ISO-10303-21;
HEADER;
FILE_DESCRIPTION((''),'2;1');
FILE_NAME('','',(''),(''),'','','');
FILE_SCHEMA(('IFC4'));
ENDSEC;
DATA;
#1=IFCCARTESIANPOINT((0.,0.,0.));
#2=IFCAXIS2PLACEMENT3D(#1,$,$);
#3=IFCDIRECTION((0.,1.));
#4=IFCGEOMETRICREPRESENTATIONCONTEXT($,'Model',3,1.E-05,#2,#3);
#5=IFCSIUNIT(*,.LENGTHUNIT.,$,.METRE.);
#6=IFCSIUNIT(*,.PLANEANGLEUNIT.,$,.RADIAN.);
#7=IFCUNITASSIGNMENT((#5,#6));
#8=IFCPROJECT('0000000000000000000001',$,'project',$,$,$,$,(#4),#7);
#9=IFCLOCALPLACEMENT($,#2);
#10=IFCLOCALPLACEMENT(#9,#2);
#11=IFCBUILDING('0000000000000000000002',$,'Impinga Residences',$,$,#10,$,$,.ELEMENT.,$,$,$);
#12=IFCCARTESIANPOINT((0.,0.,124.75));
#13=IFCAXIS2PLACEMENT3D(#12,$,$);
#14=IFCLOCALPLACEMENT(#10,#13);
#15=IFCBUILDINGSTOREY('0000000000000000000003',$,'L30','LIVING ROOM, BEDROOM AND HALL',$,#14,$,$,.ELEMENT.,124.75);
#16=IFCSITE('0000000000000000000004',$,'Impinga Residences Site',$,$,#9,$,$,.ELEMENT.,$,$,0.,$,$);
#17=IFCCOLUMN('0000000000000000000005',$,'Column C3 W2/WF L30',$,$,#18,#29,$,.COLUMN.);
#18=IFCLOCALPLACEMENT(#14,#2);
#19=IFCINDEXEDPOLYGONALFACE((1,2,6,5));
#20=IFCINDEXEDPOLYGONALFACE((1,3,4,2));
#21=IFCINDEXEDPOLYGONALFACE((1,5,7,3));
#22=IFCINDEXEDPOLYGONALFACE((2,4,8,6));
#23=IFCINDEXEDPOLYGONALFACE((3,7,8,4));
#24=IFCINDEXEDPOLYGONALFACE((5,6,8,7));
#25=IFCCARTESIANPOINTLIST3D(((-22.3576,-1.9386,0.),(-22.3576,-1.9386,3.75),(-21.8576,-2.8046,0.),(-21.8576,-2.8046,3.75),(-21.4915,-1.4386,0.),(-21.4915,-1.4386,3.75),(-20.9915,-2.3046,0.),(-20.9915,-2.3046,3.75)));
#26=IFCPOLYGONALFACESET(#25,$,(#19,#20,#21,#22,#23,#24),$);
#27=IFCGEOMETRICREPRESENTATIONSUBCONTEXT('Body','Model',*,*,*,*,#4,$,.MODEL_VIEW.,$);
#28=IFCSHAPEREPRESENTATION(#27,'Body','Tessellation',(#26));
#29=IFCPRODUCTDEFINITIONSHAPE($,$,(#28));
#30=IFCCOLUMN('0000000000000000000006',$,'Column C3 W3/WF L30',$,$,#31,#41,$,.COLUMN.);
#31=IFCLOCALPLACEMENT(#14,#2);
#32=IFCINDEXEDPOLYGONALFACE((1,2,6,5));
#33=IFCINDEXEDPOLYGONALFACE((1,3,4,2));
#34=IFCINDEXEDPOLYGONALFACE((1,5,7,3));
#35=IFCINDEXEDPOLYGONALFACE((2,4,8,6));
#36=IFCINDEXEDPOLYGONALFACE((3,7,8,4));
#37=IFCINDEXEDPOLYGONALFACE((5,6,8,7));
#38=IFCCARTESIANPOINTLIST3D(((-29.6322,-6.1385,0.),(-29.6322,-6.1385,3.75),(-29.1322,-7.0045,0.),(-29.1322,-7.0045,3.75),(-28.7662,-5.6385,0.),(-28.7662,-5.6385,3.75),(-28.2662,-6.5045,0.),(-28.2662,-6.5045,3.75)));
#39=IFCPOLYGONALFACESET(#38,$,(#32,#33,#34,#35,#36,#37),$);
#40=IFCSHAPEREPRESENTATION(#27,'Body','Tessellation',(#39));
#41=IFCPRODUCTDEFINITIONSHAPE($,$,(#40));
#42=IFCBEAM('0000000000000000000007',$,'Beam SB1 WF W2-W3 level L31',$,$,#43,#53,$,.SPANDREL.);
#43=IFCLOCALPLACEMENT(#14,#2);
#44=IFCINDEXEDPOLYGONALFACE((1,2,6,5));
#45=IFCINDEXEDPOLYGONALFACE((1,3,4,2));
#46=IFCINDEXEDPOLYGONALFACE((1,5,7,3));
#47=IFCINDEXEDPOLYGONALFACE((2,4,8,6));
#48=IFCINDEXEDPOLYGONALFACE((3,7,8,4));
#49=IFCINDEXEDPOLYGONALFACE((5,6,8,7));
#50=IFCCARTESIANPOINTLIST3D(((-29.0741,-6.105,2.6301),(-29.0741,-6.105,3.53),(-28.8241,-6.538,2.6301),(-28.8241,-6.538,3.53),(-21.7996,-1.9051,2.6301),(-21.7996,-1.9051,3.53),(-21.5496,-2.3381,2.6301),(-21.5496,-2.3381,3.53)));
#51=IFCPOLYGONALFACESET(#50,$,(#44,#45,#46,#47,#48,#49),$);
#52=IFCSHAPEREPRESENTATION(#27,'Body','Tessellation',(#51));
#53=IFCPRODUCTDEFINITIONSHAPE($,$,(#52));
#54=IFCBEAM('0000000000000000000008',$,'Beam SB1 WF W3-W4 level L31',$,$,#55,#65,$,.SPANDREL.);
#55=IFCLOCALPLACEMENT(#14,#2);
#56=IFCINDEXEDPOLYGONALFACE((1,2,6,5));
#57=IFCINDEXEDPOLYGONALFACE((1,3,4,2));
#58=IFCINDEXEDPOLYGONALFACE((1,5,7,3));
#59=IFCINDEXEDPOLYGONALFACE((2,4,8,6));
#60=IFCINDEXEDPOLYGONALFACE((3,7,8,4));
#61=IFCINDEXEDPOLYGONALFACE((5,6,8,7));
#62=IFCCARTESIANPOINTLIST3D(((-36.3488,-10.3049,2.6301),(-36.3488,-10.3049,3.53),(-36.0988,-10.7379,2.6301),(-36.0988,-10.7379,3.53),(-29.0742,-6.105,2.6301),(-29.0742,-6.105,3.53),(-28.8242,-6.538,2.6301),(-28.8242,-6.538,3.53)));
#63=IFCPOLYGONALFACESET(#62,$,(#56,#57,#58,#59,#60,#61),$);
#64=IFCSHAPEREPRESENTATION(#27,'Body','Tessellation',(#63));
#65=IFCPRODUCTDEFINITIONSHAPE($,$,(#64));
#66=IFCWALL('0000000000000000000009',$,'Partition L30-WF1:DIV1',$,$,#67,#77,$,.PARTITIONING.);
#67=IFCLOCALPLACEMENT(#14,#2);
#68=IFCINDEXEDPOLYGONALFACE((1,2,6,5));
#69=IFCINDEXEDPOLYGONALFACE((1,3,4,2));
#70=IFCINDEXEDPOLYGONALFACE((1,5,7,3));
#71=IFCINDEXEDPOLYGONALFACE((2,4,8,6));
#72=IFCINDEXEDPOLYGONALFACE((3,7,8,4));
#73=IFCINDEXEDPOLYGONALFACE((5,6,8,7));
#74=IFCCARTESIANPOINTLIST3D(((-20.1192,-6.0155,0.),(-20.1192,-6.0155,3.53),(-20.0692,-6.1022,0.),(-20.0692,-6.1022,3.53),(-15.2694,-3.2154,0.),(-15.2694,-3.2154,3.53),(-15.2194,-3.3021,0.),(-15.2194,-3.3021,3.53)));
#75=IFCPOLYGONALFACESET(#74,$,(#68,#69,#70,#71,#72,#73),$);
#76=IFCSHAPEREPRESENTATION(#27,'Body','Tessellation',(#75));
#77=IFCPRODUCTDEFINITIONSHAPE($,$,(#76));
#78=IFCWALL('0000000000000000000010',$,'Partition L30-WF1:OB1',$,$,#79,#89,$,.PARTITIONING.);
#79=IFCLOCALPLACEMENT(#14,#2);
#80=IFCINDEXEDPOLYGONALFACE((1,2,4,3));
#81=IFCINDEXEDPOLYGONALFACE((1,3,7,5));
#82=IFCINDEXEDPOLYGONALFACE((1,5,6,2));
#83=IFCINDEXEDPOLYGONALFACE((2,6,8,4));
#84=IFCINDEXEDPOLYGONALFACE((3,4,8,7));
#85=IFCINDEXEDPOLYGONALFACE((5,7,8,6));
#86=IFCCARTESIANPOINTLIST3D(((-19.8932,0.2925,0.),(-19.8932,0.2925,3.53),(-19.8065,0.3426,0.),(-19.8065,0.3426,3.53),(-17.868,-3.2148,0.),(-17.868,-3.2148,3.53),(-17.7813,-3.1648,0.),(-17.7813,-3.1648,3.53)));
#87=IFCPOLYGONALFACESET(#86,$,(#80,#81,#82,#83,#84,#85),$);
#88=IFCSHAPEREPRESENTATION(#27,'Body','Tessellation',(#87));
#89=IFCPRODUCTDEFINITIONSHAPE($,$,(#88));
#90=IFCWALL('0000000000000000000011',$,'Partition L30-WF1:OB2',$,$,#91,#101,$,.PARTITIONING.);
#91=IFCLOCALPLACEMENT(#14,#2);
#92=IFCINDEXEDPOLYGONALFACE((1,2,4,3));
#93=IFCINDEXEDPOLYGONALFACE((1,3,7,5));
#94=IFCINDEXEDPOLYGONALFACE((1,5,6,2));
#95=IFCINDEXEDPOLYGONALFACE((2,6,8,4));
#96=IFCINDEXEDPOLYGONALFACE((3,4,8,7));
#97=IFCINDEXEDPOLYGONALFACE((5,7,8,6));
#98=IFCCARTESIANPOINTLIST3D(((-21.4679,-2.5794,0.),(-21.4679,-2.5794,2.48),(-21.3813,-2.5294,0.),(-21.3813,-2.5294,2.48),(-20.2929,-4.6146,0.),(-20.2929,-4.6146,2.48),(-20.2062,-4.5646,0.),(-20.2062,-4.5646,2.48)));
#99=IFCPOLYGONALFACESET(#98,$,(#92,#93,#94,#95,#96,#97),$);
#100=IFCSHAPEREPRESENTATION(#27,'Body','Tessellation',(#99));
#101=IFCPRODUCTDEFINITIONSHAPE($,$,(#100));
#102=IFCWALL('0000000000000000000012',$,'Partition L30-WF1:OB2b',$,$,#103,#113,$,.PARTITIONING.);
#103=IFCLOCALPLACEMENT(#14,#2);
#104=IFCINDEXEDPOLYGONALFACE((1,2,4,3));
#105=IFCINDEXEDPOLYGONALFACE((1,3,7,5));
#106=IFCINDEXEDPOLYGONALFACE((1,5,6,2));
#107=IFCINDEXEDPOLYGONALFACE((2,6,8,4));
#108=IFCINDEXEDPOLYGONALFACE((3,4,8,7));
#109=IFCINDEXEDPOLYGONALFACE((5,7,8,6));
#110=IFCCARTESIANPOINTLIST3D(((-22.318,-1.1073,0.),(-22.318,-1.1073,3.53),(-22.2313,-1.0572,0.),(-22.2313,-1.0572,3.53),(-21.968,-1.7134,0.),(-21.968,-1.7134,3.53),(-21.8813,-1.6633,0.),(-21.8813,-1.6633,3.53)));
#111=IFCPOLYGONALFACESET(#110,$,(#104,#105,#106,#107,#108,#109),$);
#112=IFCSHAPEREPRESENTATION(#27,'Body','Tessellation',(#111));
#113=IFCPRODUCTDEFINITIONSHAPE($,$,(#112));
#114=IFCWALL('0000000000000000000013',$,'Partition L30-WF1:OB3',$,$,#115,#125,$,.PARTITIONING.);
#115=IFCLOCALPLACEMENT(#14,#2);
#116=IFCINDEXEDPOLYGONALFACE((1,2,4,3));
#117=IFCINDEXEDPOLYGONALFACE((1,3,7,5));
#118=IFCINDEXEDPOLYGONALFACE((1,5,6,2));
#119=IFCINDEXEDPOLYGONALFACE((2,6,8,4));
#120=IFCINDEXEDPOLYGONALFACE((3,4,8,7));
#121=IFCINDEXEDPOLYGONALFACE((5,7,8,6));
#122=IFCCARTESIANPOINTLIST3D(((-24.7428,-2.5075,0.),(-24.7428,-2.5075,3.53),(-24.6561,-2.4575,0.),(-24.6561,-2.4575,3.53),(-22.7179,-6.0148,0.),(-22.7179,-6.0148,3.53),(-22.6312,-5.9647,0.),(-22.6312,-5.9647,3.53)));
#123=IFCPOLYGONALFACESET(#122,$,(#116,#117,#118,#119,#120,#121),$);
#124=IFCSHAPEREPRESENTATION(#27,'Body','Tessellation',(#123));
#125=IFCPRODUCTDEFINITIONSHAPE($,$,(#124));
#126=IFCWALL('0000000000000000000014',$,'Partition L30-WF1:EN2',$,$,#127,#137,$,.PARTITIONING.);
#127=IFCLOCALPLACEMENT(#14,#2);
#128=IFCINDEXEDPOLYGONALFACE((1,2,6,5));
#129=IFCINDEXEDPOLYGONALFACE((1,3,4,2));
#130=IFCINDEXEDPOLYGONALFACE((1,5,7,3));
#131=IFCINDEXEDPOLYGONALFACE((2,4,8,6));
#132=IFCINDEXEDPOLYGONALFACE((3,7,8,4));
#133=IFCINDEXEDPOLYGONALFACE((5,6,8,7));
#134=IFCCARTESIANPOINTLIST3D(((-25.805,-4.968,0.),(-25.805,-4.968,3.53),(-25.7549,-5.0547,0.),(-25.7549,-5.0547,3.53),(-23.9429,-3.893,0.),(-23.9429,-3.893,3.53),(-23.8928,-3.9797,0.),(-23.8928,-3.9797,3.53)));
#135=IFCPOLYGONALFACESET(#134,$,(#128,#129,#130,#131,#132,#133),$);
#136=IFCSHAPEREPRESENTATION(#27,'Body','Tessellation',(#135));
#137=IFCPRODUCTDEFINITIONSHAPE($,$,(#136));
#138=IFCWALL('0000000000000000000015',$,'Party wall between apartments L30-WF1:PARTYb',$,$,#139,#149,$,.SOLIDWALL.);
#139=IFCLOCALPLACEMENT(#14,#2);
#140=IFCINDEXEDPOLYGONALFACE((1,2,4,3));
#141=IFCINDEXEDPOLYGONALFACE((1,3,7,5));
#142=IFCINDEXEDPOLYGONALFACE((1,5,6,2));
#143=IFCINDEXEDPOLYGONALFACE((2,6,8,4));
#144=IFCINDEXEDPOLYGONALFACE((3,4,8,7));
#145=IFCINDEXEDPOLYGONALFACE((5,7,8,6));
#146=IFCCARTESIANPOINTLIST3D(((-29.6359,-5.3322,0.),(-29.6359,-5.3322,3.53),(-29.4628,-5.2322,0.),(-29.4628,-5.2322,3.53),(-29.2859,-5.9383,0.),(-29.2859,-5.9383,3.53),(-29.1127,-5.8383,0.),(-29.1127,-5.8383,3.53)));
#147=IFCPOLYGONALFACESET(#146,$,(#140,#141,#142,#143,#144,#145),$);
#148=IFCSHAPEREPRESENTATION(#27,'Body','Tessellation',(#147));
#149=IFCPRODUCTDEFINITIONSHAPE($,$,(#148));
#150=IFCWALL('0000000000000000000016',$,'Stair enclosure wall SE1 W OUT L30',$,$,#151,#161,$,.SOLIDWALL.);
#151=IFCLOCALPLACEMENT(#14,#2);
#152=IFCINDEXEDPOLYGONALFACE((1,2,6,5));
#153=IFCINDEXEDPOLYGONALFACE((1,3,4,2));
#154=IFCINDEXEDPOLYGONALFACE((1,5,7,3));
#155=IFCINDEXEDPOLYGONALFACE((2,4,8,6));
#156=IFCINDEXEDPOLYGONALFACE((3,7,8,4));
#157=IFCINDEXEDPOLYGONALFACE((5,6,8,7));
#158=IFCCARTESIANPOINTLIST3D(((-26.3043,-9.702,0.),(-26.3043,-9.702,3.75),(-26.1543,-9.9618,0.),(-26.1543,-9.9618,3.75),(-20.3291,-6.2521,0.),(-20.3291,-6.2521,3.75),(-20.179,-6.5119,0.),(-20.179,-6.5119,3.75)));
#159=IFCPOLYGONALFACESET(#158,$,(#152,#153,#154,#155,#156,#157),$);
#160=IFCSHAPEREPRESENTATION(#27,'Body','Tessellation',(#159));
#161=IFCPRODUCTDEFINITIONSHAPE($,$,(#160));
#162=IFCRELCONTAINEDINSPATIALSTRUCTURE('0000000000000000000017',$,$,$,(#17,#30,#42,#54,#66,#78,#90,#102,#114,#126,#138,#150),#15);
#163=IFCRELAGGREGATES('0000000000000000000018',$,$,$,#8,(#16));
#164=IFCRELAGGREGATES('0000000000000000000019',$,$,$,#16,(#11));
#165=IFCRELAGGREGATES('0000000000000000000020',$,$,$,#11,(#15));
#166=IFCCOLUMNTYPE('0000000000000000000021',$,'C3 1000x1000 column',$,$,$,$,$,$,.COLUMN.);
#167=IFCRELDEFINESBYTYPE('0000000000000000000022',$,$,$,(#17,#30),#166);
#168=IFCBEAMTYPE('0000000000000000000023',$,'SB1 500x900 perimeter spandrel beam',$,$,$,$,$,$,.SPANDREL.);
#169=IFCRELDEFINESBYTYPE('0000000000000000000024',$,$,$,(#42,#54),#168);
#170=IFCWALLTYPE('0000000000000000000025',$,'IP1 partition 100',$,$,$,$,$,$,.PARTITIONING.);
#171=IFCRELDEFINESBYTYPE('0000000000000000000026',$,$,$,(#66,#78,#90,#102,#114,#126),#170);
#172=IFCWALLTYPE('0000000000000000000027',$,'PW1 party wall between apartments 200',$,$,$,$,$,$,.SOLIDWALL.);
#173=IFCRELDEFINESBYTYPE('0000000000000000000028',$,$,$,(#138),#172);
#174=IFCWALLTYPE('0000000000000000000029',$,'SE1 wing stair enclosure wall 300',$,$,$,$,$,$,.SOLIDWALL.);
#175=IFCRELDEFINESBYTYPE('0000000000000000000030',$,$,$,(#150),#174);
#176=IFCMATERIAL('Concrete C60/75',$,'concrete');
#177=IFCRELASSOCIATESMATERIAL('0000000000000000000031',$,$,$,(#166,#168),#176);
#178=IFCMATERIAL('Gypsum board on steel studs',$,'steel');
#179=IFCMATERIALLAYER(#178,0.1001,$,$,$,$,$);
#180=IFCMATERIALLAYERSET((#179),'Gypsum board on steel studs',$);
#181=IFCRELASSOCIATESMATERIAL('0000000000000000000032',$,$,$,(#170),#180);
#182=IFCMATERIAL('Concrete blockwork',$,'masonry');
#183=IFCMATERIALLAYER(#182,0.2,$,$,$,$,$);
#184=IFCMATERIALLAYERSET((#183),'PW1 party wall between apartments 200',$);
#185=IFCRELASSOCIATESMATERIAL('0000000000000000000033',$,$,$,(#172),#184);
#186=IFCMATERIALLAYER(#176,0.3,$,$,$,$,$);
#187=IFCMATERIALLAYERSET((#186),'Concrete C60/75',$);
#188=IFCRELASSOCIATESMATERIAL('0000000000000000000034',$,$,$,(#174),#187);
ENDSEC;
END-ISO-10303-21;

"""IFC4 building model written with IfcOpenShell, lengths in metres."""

from ifc_helpers import new_model, si_unit, direction, frame, frame_2d, origin, origin_2d, place, context, subcontext, project, spatial, rectangle, extrude, material, layer, layer_set, material_profile, profile_set, type_object, element, save


model = new_model("IFC4")

# Units and contexts
model_context = context("Model", 3, precision=1e-05, world=origin(), true_north=direction((0.0, 1.0)))
body_context = subcontext(model_context, "Body", "Model", "MODEL_VIEW")
ifc_project = project(units=[si_unit("LENGTHUNIT", "METRE"), si_unit("PLANEANGLEUNIT", "RADIAN")], contexts=[model_context])

# Site, building, storey
site_placement = place(None, origin())
site = spatial("IfcSite", under=ifc_project, at=site_placement, Name="Impinga Residences Site", CompositionType="ELEMENT", RefElevation=0.0)
building_placement = place(site_placement, origin())
building = spatial("IfcBuilding", under=site, at=building_placement, Name="Impinga Residences", CompositionType="ELEMENT")
storey_placement = place(building_placement, frame((0.0, 0.0, 124.75)))
storey = spatial("IfcBuildingStorey", under=building, at=storey_placement, Name="L30", Description="LIVING ROOM, BEDROOM AND HALL", CompositionType="ELEMENT", Elevation=124.75)

# Columns
ifc_material_1 = material(Name="Concrete C60/75", Category="concrete")
ifc_material_profile_1 = material_profile(ifc_material_1, rectangle(XDim=1.0, YDim=1.0, at=origin_2d()), Name="RC 1000x1000")
ifc_profile_set_1 = profile_set([ifc_material_profile_1], Name="Concrete C60/75")
column_type = type_object("IfcColumnType", Name="C3 1000x1000 column", PredefinedType="COLUMN", material=ifc_profile_set_1)
for number, where, z_axis, x_axis, name in (
    (1, (-21.6746, -2.1216, 0.0), (0.0, 0.0, 1.0), (-0.5, 0.866025, 0.0), "Column C3 W2/WF L30"),
    (2, (-28.9492, -6.3215, 0.0), (0.0, 0.0, 1.0), (-0.5, 0.866025, 0.0), "Column C3 W3/WF L30"),
):
    element("IfcColumn", number, at=place(storey_placement, frame(where, z_axis=z_axis, x_axis=x_axis)), inside=storey, type_object=column_type, Name=name, PredefinedType="COLUMN", context=body_context, shape_type="SweptSolid", body=[
        extrude(rectangle(XDim=1.0, YDim=1.0, at=origin_2d()), origin(), (0.0, 0.0, 1.0), 3.75),
    ])

# Beams
ifc_material_profile_2 = material_profile(ifc_material_1, rectangle(XDim=0.5, YDim=0.8999, at=origin_2d()), Name="RC 500x900")
ifc_profile_set_2 = profile_set([ifc_material_profile_2], Name="Concrete C60/75")
beam_type = type_object("IfcBeamType", Name="SB1 500x900 perimeter spandrel beam", PredefinedType="SPANDREL", material=ifc_profile_set_2)
for number, where, z_axis, x_axis, name in (
    (3, (-21.6746, -2.1216, 3.0801), (-0.866029, -0.499993, 0.0), (0.499993, -0.866029, 0.0), "Beam SB1 WF W2-W3 level L31"),
    (4, (-28.9492, -6.3215, 3.0801), (-0.866029, -0.499993, 0.0), (0.499993, -0.866029, 0.0), "Beam SB1 WF W3-W4 level L31"),
):
    element("IfcBeam", number, at=place(storey_placement, frame(where, z_axis=z_axis, x_axis=x_axis)), inside=storey, type_object=beam_type, Name=name, PredefinedType="SPANDREL", context=body_context, shape_type="SweptSolid", body=[
        extrude(rectangle(XDim=0.5, YDim=0.8999, at=origin_2d()), origin(), (0.0, 0.0, 1.0), 8.3999),
    ])

# Walls
ifc_material_2 = material(Name="Gypsum board on steel studs", Category="steel")
ifc_layer_1 = layer(ifc_material_2, 0.1001)
ifc_layer_set_1 = layer_set([ifc_layer_1], Name="Gypsum board on steel studs")
wall_type_1 = type_object("IfcWallType", Name="IP1 partition 100", PredefinedType="PARTITIONING", material=ifc_layer_set_1)
wall_1_placement = place(storey_placement, frame((-15.2444, -3.2588, 0.0), z_axis=(0.0, 0.0, 1.0), x_axis=(-0.866027, -0.499998, 0.0)))
element("IfcWall", 5, at=wall_1_placement, inside=storey, type_object=wall_type_1, Name="Partition L30-WF1:DIV1", PredefinedType="PARTITIONING", context=body_context, shape_type="SweptSolid", body=[
    extrude(rectangle(XDim=5.6001, YDim=0.1001, at=frame_2d((2.8, 0.0))), origin(), (0.0, 0.0, 1.0), 3.53),
])
wall_2_placement = place(storey_placement, frame((-17.8247, -3.1897, 0.0), z_axis=(0.0, 0.0, 1.0), x_axis=(-0.500036, 0.866005, 0.0)))
element("IfcWall", 6, at=wall_2_placement, inside=storey, type_object=wall_type_1, Name="Partition L30-WF1:OB1", PredefinedType="PARTITIONING", context=body_context, shape_type="SweptSolid", body=[
    extrude(rectangle(XDim=4.05, YDim=0.1001, at=frame_2d((2.0249, 0.0))), origin(), (0.0, 0.0, 1.0), 3.53),
])
wall_3_placement = place(storey_placement, frame((-20.2495, -4.5896, 0.0), z_axis=(0.0, 0.0, 1.0), x_axis=(-0.500016, 0.866016, 0.0)))
element("IfcWall", 7, at=wall_3_placement, inside=storey, type_object=wall_type_1, Name="Partition L30-WF1:OB2", PredefinedType="PARTITIONING", context=body_context, shape_type="SweptSolid", body=[
    extrude(rectangle(XDim=2.3501, YDim=0.1001, at=frame_2d((1.175, 0.0))), origin(), (0.0, 0.0, 1.0), 2.48),
])
wall_4_placement = place(storey_placement, frame((-21.9246, -1.6885, 0.0), z_axis=(0.0, 0.0, 1.0), x_axis=(-0.500115, 0.865959, 0.0)))
element("IfcWall", 8, at=wall_4_placement, inside=storey, type_object=wall_type_1, Name="Partition L30-WF1:OB2b", PredefinedType="PARTITIONING", context=body_context, shape_type="SweptSolid", body=[
    extrude(rectangle(XDim=0.7, YDim=0.1001, at=frame_2d((0.3501, 0.0))), origin(), (0.0, 0.0, 1.0), 3.53),
])
wall_5_placement = place(storey_placement, frame((-22.6746, -5.9897, 0.0), z_axis=(0.0, 0.0, 1.0), x_axis=(-0.49999, 0.866031, 0.0)))
element("IfcWall", 9, at=wall_5_placement, inside=storey, type_object=wall_type_1, Name="Partition L30-WF1:OB3", PredefinedType="PARTITIONING", context=body_context, shape_type="SweptSolid", body=[
    extrude(rectangle(XDim=4.0498, YDim=0.1001, at=frame_2d((2.0249, 0.0))), origin(), (0.0, 0.0, 1.0), 3.53),
])
wall_6_placement = place(storey_placement, frame((-23.9177, -3.9363, 0.0), z_axis=(0.0, 0.0, 1.0), x_axis=(-0.866048, -0.499962, 0.0)))
element("IfcWall", 10, at=wall_6_placement, inside=storey, type_object=wall_type_1, Name="Partition L30-WF1:EN2", PredefinedType="PARTITIONING", context=body_context, shape_type="SweptSolid", body=[
    extrude(rectangle(XDim=2.1501, YDim=0.1001, at=frame_2d((1.0752, 0.0))), origin(), (0.0, 0.0, 1.0), 3.53),
])
ifc_material_3 = material(Name="Concrete blockwork", Category="masonry")
ifc_layer_2 = layer(ifc_material_3, 0.2)
ifc_layer_set_2 = layer_set([ifc_layer_2], Name="PW1 party wall between apartments 200")
wall_type_2 = type_object("IfcWallType", Name="PW1 party wall between apartments 200", PredefinedType="SOLIDWALL", material=ifc_layer_set_2)
wall_7_placement = place(storey_placement, frame((-29.1992, -5.8884, 0.0), z_axis=(0.0, 0.0, 1.0), x_axis=(-0.500115, 0.865959, 0.0)))
element("IfcWall", 11, at=wall_7_placement, inside=storey, type_object=wall_type_2, Name="Party wall between apartments L30-WF1:PARTYb", PredefinedType="SOLIDWALL", context=body_context, shape_type="SweptSolid", body=[
    extrude(rectangle(XDim=0.7, YDim=0.2, at=frame_2d((0.3501, 0.0))), origin(), (0.0, 0.0, 1.0), 3.53),
])
ifc_layer_3 = layer(ifc_material_1, 0.3)
ifc_layer_set_3 = layer_set([ifc_layer_3], Name="Concrete C60/75")
wall_type_3 = type_object("IfcWallType", Name="SE1 wing stair enclosure wall 300", PredefinedType="SOLIDWALL", material=ifc_layer_set_3)
wall_8_placement = place(storey_placement, frame((-20.2542, -6.3821, 0.0), z_axis=(0.0, 0.0, 1.0), x_axis=(-0.86602, -0.500009, 0.0)))
element("IfcWall", 12, at=wall_8_placement, inside=storey, type_object=wall_type_3, Name="Stair enclosure wall SE1 W OUT L30", PredefinedType="SOLIDWALL", context=body_context, shape_type="SweptSolid", body=[
    extrude(rectangle(XDim=6.8997, YDim=0.3, at=frame_2d((3.4497, 0.0))), origin(), (0.0, 0.0, 1.0), 3.75),
])

save(model, "model.ifc")
